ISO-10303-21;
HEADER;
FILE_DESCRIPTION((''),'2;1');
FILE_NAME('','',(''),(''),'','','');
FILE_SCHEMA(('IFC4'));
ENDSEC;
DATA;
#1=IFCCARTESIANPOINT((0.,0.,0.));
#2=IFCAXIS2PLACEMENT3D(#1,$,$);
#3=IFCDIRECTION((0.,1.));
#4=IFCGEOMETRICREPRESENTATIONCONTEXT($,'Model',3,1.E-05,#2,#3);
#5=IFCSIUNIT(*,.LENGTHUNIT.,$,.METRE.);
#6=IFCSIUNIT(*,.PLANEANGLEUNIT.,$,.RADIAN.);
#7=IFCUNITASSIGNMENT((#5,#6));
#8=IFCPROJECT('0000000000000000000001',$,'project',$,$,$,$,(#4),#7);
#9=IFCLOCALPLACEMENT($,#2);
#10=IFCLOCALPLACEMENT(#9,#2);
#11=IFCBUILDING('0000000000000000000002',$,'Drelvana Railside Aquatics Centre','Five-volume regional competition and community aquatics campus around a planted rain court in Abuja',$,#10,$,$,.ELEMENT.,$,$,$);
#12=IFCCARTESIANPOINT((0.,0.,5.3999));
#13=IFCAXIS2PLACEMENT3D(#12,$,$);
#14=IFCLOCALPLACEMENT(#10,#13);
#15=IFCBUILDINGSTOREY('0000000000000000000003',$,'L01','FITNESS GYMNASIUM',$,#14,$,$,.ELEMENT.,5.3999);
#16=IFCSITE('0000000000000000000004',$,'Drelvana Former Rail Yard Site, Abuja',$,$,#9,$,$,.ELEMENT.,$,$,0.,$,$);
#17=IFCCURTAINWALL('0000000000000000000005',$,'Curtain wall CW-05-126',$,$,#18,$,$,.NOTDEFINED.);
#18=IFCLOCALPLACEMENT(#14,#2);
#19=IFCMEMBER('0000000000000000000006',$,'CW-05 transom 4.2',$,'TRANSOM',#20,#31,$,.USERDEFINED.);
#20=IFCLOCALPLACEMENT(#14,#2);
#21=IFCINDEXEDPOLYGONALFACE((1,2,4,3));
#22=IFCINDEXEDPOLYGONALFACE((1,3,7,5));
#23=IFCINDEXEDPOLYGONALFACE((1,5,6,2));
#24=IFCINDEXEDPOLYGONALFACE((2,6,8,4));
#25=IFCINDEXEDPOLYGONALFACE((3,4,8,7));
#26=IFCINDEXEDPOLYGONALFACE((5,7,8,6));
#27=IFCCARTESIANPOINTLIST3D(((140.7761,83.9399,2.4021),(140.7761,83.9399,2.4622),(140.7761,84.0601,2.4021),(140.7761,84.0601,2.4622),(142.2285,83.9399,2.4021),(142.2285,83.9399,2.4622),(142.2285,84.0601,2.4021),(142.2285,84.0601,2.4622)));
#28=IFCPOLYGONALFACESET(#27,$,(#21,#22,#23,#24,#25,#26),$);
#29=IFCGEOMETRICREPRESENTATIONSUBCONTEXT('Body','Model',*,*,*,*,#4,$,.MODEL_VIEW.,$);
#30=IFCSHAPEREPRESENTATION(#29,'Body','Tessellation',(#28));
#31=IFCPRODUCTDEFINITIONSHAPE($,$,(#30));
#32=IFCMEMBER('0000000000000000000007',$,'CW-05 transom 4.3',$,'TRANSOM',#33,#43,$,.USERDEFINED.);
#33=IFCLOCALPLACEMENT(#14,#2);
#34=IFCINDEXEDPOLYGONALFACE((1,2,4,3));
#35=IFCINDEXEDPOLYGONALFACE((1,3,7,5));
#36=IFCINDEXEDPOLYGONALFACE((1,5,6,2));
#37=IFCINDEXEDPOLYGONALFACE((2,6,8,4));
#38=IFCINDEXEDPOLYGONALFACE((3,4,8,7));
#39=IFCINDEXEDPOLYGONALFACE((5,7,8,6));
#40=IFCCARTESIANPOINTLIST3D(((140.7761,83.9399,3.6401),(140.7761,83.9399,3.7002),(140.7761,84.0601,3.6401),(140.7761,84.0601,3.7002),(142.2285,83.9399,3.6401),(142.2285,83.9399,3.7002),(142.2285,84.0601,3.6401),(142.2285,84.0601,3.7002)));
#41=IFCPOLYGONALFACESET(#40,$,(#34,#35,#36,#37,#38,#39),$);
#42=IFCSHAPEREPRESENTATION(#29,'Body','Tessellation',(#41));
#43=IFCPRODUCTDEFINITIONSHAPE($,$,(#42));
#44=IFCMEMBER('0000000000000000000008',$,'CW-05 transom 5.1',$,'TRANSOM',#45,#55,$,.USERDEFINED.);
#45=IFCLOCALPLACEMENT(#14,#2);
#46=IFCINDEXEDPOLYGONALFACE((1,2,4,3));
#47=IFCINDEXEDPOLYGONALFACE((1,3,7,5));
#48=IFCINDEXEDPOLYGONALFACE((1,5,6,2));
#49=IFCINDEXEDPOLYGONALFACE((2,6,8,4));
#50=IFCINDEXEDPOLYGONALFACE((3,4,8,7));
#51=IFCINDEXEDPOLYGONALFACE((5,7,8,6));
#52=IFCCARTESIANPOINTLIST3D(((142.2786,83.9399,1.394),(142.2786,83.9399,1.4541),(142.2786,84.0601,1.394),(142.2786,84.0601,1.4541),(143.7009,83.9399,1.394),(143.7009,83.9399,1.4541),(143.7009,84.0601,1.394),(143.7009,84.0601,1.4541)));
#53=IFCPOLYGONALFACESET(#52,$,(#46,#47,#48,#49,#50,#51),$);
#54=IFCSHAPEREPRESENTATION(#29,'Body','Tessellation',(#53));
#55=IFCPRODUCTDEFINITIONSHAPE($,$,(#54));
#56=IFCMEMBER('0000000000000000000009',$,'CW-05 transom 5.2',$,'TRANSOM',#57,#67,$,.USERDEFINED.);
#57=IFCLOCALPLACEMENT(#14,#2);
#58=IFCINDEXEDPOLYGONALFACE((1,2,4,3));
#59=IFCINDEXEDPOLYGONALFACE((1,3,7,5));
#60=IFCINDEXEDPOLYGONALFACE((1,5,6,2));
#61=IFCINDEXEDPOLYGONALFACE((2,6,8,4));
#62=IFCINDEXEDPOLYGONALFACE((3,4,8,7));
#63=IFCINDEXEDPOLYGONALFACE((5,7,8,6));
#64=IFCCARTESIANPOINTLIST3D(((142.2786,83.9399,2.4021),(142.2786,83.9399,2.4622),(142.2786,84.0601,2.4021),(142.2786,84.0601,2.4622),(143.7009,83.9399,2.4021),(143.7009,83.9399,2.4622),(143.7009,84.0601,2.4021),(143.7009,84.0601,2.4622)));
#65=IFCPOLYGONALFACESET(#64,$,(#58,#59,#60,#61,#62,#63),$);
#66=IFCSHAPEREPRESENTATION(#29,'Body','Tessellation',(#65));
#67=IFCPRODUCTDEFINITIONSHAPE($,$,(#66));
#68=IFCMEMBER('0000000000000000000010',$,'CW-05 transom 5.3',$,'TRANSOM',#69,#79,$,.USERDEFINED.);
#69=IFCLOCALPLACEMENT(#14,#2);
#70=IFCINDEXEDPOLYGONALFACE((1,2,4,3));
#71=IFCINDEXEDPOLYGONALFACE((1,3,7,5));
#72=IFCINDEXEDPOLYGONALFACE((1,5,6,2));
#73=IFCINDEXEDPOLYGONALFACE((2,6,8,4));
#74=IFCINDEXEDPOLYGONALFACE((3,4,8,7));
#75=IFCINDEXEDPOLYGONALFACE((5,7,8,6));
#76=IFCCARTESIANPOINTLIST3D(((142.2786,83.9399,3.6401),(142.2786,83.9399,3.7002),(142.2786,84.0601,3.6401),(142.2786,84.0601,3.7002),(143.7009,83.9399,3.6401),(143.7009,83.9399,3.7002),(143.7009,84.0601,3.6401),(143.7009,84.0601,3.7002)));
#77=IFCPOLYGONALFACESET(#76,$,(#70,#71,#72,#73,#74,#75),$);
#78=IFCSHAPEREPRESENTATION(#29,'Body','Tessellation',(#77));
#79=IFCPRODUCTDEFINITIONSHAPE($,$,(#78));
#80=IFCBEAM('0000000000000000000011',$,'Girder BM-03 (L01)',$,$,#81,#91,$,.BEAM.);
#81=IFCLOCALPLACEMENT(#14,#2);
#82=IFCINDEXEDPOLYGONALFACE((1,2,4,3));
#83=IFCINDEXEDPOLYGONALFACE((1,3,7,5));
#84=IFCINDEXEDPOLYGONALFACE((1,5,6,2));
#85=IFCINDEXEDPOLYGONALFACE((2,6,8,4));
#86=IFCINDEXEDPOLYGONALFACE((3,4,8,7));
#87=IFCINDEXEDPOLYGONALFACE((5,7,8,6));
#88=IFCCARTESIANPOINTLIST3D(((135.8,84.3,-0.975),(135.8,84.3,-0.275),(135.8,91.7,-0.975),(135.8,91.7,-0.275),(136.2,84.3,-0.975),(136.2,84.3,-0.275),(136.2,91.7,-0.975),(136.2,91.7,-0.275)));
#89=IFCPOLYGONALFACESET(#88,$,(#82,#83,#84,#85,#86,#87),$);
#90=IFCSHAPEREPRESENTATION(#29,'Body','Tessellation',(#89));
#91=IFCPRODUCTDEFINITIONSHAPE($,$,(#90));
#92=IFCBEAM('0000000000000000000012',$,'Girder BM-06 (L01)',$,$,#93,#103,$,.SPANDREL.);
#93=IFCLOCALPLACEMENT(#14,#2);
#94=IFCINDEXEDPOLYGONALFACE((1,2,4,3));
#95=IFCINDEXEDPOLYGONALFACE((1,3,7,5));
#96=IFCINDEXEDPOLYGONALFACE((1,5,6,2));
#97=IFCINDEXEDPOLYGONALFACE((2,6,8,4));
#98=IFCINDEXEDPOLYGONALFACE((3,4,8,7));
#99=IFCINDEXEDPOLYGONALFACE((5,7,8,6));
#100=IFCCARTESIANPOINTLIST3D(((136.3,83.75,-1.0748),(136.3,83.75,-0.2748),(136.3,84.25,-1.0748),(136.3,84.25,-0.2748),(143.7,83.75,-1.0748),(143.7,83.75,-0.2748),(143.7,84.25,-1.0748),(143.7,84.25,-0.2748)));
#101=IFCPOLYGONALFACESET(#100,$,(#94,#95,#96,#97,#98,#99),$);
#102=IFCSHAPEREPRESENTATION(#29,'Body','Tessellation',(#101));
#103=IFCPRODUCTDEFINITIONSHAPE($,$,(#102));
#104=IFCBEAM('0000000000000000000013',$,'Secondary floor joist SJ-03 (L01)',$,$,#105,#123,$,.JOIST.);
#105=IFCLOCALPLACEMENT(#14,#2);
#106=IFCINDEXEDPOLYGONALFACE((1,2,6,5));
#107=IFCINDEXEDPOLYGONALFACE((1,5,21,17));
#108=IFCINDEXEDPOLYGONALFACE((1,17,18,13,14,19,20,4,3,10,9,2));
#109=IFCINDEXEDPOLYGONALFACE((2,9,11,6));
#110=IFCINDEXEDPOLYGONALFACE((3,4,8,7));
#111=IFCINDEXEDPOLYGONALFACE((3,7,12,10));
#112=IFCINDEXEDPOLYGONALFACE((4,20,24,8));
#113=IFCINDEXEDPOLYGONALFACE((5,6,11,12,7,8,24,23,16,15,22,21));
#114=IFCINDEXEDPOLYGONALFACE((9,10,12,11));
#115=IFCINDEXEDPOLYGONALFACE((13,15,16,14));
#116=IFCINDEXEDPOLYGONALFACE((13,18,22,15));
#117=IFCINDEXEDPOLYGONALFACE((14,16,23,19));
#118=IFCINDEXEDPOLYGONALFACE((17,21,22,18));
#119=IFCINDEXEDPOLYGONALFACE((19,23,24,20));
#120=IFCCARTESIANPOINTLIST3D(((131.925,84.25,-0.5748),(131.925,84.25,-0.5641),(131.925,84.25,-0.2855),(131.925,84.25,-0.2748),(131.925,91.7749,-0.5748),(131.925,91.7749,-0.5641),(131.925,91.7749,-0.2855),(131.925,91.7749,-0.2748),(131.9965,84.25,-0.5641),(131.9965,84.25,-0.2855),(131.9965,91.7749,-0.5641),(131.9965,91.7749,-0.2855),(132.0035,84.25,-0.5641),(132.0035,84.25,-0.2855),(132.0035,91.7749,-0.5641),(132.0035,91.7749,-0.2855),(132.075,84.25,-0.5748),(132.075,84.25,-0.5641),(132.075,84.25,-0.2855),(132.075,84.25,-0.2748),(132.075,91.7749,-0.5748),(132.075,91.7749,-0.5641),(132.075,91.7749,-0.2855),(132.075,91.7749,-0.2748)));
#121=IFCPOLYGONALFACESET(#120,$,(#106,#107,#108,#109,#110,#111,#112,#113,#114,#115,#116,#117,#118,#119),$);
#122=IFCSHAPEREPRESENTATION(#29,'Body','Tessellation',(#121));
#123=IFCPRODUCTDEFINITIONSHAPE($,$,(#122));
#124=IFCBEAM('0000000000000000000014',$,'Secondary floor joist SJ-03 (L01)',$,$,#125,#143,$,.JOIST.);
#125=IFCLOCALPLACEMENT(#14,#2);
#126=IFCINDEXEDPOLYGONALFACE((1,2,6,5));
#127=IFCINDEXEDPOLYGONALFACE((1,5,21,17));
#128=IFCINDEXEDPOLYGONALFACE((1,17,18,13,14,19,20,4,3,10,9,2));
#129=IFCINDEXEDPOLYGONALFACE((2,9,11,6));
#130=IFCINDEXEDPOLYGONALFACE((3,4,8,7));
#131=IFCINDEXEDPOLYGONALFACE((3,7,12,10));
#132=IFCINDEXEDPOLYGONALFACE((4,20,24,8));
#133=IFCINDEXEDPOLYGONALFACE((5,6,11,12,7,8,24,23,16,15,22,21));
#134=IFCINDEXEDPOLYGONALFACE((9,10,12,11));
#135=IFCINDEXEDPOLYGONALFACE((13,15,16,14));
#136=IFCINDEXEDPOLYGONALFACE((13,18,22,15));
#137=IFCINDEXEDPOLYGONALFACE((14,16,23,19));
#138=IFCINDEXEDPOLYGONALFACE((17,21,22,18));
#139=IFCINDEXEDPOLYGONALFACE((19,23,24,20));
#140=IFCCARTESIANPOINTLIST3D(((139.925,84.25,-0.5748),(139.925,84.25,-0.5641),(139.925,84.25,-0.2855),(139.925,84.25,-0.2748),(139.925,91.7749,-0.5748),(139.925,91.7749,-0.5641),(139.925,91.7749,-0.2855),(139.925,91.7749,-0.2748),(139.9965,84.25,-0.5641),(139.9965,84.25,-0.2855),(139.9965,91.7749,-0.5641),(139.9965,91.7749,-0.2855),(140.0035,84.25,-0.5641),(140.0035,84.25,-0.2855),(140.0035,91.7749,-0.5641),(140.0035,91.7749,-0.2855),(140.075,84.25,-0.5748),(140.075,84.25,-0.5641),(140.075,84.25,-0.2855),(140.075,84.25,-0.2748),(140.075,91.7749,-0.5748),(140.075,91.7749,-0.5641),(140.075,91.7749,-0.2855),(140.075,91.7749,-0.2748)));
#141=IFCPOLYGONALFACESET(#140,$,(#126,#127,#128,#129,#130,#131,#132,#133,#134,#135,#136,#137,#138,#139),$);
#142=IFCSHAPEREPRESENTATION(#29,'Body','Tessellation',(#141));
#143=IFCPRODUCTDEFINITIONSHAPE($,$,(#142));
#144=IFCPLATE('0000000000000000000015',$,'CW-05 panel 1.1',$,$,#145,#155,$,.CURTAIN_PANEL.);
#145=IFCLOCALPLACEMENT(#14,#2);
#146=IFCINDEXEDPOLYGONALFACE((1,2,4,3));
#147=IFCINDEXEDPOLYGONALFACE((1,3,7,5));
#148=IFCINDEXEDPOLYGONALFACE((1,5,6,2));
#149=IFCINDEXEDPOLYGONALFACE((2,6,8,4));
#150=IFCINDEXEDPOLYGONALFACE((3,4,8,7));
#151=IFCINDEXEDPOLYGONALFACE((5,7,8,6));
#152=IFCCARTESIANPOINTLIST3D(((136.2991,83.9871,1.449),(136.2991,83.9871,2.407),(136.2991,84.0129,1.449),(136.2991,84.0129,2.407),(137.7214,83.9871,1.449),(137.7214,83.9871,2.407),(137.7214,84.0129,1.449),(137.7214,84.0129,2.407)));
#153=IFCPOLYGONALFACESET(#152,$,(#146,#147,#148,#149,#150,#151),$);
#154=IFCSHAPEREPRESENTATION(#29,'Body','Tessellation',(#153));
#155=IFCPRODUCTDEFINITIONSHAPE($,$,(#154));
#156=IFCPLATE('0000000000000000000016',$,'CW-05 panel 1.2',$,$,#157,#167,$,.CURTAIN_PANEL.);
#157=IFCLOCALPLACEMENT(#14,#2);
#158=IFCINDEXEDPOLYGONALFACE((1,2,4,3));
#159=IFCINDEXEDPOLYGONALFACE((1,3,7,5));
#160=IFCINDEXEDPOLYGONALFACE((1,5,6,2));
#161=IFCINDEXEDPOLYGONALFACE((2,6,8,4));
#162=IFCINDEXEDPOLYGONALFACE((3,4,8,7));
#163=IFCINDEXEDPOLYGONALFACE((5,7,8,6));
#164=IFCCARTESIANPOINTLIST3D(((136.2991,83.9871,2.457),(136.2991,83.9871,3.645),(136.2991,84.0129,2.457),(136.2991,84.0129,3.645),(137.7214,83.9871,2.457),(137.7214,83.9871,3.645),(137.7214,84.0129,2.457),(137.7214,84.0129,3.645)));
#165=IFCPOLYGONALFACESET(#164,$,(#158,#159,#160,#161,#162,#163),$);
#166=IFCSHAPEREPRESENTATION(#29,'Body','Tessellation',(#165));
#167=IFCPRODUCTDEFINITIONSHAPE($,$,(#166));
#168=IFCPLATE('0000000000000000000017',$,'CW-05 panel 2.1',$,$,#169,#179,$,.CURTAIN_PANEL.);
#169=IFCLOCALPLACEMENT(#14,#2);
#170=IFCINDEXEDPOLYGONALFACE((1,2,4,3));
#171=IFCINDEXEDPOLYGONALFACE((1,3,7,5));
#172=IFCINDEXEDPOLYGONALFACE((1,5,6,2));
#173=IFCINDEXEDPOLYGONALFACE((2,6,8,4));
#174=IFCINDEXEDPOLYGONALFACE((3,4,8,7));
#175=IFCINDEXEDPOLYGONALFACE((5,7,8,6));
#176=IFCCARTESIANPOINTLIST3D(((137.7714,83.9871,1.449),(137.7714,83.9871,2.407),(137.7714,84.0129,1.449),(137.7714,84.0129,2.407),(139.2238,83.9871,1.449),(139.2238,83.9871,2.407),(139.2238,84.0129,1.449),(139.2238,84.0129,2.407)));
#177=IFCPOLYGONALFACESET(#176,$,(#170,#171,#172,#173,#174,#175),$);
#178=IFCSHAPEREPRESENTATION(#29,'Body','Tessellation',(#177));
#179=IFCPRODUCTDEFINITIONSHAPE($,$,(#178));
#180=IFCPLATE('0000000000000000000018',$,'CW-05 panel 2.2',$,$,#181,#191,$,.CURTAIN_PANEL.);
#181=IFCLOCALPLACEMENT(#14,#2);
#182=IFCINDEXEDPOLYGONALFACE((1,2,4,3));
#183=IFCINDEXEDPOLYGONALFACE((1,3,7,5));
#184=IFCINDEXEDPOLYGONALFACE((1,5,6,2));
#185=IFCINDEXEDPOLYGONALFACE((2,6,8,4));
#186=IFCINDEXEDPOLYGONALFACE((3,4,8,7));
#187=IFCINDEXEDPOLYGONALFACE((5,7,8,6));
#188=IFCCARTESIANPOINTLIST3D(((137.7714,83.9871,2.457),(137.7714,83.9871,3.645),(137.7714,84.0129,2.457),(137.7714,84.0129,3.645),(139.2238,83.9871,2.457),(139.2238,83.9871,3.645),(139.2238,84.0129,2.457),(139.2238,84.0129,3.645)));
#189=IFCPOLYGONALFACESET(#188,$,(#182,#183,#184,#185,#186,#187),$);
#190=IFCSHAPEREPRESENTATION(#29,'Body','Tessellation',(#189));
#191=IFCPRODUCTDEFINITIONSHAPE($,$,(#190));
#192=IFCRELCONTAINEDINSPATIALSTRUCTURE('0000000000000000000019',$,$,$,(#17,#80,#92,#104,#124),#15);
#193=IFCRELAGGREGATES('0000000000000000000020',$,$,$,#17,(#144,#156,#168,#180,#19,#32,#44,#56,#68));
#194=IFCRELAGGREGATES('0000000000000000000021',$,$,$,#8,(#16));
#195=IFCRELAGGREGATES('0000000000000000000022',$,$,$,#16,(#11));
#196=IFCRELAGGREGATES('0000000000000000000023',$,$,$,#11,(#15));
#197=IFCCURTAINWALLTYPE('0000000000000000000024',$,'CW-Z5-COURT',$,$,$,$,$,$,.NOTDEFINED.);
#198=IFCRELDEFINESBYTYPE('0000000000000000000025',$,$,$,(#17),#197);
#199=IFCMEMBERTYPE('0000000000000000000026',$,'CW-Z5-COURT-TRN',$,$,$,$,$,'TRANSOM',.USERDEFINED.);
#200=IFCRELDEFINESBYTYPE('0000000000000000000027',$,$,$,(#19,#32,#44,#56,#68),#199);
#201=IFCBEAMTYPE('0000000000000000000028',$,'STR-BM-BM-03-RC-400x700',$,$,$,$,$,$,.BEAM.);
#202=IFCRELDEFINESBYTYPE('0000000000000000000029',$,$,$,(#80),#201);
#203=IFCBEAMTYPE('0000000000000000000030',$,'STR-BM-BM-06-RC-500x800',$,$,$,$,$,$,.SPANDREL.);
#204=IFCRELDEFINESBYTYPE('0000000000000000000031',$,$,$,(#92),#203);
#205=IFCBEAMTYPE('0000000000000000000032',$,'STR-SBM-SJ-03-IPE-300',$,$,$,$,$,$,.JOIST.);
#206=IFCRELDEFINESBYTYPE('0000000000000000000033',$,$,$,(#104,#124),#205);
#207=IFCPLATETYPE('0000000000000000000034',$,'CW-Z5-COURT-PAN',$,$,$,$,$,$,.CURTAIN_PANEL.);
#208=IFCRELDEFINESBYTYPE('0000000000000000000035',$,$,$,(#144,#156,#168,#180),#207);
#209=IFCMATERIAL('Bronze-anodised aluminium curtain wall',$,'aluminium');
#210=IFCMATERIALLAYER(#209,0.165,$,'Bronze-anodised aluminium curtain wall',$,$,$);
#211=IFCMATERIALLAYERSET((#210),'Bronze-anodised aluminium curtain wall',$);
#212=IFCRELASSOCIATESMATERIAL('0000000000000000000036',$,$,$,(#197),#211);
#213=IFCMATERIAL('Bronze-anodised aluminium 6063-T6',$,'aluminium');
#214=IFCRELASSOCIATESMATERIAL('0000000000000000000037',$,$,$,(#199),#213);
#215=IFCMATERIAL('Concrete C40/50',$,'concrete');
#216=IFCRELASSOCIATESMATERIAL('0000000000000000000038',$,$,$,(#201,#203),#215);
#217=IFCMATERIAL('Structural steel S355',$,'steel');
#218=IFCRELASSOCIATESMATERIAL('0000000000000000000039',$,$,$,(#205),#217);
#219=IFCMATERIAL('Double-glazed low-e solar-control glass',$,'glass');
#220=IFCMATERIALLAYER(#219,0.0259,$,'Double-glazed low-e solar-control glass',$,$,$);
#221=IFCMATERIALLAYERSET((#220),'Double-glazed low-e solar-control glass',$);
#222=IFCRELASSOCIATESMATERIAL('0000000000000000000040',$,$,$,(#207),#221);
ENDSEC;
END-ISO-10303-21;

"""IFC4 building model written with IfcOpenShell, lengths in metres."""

from ifc_helpers import new_model, si_unit, direction, frame, origin, origin_2d, place, context, subcontext, project, spatial, rectangle, i_section, extrude, material, layer, layer_set, material_profile, profile_set, type_object, element, aggregate, save


model = new_model("IFC4")

# Units and contexts
model_context = context("Model", 3, precision=1e-05, world=origin(), true_north=direction((0.0, 1.0)))
body_context = subcontext(model_context, "Body", "Model", "MODEL_VIEW")
ifc_project = project(units=[si_unit("LENGTHUNIT", "METRE"), si_unit("PLANEANGLEUNIT", "RADIAN")], contexts=[model_context])

# Site, building, storey
site_placement = place(None, origin())
site = spatial("IfcSite", under=ifc_project, at=site_placement, Name="Drelvana Former Rail Yard Site, Abuja", CompositionType="ELEMENT", RefElevation=0.0)
building_placement = place(site_placement, origin())
building = spatial("IfcBuilding", under=site, at=building_placement, Name="Drelvana Railside Aquatics Centre", Description="Five-volume regional competition and community aquatics campus around a planted rain court in Abuja", CompositionType="ELEMENT")
storey_placement = place(building_placement, frame((0.0, 0.0, 5.3999)))
storey = spatial("IfcBuildingStorey", under=building, at=storey_placement, Name="L01", Description="FITNESS GYMNASIUM", CompositionType="ELEMENT", Elevation=5.3999)

# Curtain wall, members
ifc_material_1 = material(Name="Bronze-anodised aluminium curtain wall", Category="aluminium")
ifc_layer_1 = layer(ifc_material_1, 0.165, Name="Bronze-anodised aluminium curtain wall")
ifc_layer_set_1 = layer_set([ifc_layer_1], Name="Bronze-anodised aluminium curtain wall")
curtain_wall_type = type_object("IfcCurtainWallType", Name="CW-Z5-COURT", PredefinedType="NOTDEFINED", material=ifc_layer_set_1)
curtain_wall_placement = place(storey_placement, origin())
curtain_wall = element("IfcCurtainWall", 1, at=curtain_wall_placement, inside=storey, type_object=curtain_wall_type, Name="Curtain wall CW-05-126", PredefinedType="NOTDEFINED")
ifc_material_2 = material(Name="Bronze-anodised aluminium 6063-T6", Category="aluminium")
ifc_material_profile_1 = material_profile(ifc_material_2, rectangle(XDim=0.1201, YDim=0.0601, at=origin_2d()), Name="ALU-T 60x120")
ifc_profile_set_1 = profile_set([ifc_material_profile_1], Name="Bronze-anodised aluminium 6063-T6")
member_type_1 = type_object("IfcMemberType", Name="CW-Z5-COURT-TRN", ElementType="TRANSOM", PredefinedType="USERDEFINED", material=ifc_profile_set_1)
member_1_placement = place(storey_placement, frame((140.7761, 84.0, 2.4321), z_axis=(1.0, 0.0, 0.0), x_axis=(0.0, 1.0, 0.0)))
member_1 = element("IfcMember", 2, at=member_1_placement, type_object=member_type_1, Name="CW-05 transom 4.2", ObjectType="TRANSOM", PredefinedType="USERDEFINED", context=body_context, shape_type="SweptSolid", body=[
    extrude(rectangle(XDim=0.1201, YDim=0.0601, at=origin_2d()), origin(), (0.0, 0.0, 1.0), 1.4524),
])
member_2_placement = place(storey_placement, frame((140.7761, 84.0, 3.6702), z_axis=(1.0, 0.0, 0.0), x_axis=(0.0, 1.0, 0.0)))
member_2 = element("IfcMember", 3, at=member_2_placement, type_object=member_type_1, Name="CW-05 transom 4.3", ObjectType="TRANSOM", PredefinedType="USERDEFINED", context=body_context, shape_type="SweptSolid", body=[
    extrude(rectangle(XDim=0.1201, YDim=0.0601, at=origin_2d()), origin(), (0.0, 0.0, 1.0), 1.4524),
])
member_3_placement = place(storey_placement, frame((142.2786, 84.0, 1.4241), z_axis=(1.0, 0.0, 0.0), x_axis=(0.0, 1.0, 0.0)))
member_3 = element("IfcMember", 4, at=member_3_placement, type_object=member_type_1, Name="CW-05 transom 5.1", ObjectType="TRANSOM", PredefinedType="USERDEFINED", context=body_context, shape_type="SweptSolid", body=[
    extrude(rectangle(XDim=0.1201, YDim=0.0601, at=origin_2d()), origin(), (0.0, 0.0, 1.0), 1.4224),
])
member_4_placement = place(storey_placement, frame((142.2786, 84.0, 2.4321), z_axis=(1.0, 0.0, 0.0), x_axis=(0.0, 1.0, 0.0)))
member_4 = element("IfcMember", 5, at=member_4_placement, type_object=member_type_1, Name="CW-05 transom 5.2", ObjectType="TRANSOM", PredefinedType="USERDEFINED", context=body_context, shape_type="SweptSolid", body=[
    extrude(rectangle(XDim=0.1201, YDim=0.0601, at=origin_2d()), origin(), (0.0, 0.0, 1.0), 1.4224),
])
member_5_placement = place(storey_placement, frame((142.2786, 84.0, 3.6702), z_axis=(1.0, 0.0, 0.0), x_axis=(0.0, 1.0, 0.0)))
member_5 = element("IfcMember", 6, at=member_5_placement, type_object=member_type_1, Name="CW-05 transom 5.3", ObjectType="TRANSOM", PredefinedType="USERDEFINED", context=body_context, shape_type="SweptSolid", body=[
    extrude(rectangle(XDim=0.1201, YDim=0.0601, at=origin_2d()), origin(), (0.0, 0.0, 1.0), 1.4224),
])

# Beams
ifc_material_3 = material(Name="Concrete C40/50", Category="concrete")
ifc_material_profile_2 = material_profile(ifc_material_3, rectangle(XDim=0.3999, YDim=0.7, at=origin_2d()), Name="RC 400x700")
ifc_profile_set_2 = profile_set([ifc_material_profile_2], Name="Concrete C40/50")
beam_type_1 = type_object("IfcBeamType", Name="STR-BM-BM-03-RC-400x700", PredefinedType="BEAM", material=ifc_profile_set_2)
beam_1_placement = place(storey_placement, frame((136.0, 84.3, -0.625), z_axis=(0.0, 1.0, 0.0), x_axis=(-1.0, 0.0, 0.0)))
element("IfcBeam", 7, at=beam_1_placement, inside=storey, type_object=beam_type_1, Name="Girder BM-03 (L01)", PredefinedType="BEAM", context=body_context, shape_type="SweptSolid", body=[
    extrude(rectangle(XDim=0.3999, YDim=0.7, at=origin_2d()), origin(), (0.0, 0.0, 1.0), 7.3999),
])
ifc_material_profile_3 = material_profile(ifc_material_3, rectangle(XDim=0.5, YDim=0.8, at=origin_2d()), Name="RC 500x800")
ifc_profile_set_3 = profile_set([ifc_material_profile_3], Name="Concrete C40/50")
beam_type_2 = type_object("IfcBeamType", Name="STR-BM-BM-06-RC-500x800", PredefinedType="SPANDREL", material=ifc_profile_set_3)
beam_2_placement = place(storey_placement, frame((136.3, 84.0, -0.6748), z_axis=(1.0, 0.0, 0.0), x_axis=(0.0, 1.0, 0.0)))
element("IfcBeam", 8, at=beam_2_placement, inside=storey, type_object=beam_type_2, Name="Girder BM-06 (L01)", PredefinedType="SPANDREL", context=body_context, shape_type="SweptSolid", body=[
    extrude(rectangle(XDim=0.5, YDim=0.8, at=origin_2d()), origin(), (0.0, 0.0, 1.0), 7.3999),
])
ifc_material_4 = material(Name="Structural steel S355", Category="steel")
ifc_material_profile_4 = material_profile(ifc_material_4, i_section(OverallWidth=0.1499, OverallDepth=0.3, WebThickness=0.0071, FlangeThickness=0.0107, at=origin_2d()), Name="IPE 300")
ifc_profile_set_4 = profile_set([ifc_material_profile_4], Name="Structural steel S355")
beam_type_3 = type_object("IfcBeamType", Name="STR-SBM-SJ-03-IPE-300", PredefinedType="JOIST", material=ifc_profile_set_4)
for number, where, z_axis, x_axis, name in (
    (9, (132.0, 84.25, -0.4248), (0.0, 1.0, 0.0), (-1.0, 0.0, 0.0), "Secondary floor joist SJ-03 (L01)"),
    (10, (140.0, 84.25, -0.4248), (0.0, 1.0, 0.0), (-1.0, 0.0, 0.0), "Secondary floor joist SJ-03 (L01)"),
):
    element("IfcBeam", number, at=place(storey_placement, frame(where, z_axis=z_axis, x_axis=x_axis)), inside=storey, type_object=beam_type_3, Name=name, PredefinedType="JOIST", context=body_context, shape_type="SweptSolid", body=[
        extrude(i_section(OverallWidth=0.1499, OverallDepth=0.3, WebThickness=0.0071, FlangeThickness=0.0107, at=origin_2d()), origin(), (0.0, 0.0, 1.0), 7.5249),
    ])

# Plates
ifc_material_5 = material(Name="Double-glazed low-e solar-control glass", Category="glass")
ifc_layer_2 = layer(ifc_material_5, 0.0259, Name="Double-glazed low-e solar-control glass")
ifc_layer_set_2 = layer_set([ifc_layer_2], Name="Double-glazed low-e solar-control glass")
plate_type = type_object("IfcPlateType", Name="CW-Z5-COURT-PAN", PredefinedType="CURTAIN_PANEL", material=ifc_layer_set_2)
plate_1_placement = place(storey_placement, frame((137.0103, 84.0, 1.449), z_axis=(0.0, 0.0, 1.0), x_axis=(1.0, 0.0, 0.0)))
plate_1 = element("IfcPlate", 11, at=plate_1_placement, type_object=plate_type, Name="CW-05 panel 1.1", PredefinedType="CURTAIN_PANEL", context=body_context, shape_type="SweptSolid", body=[
    extrude(rectangle(XDim=1.4224, YDim=0.0259, at=origin_2d()), origin(), (0.0, 0.0, 1.0), 0.958),
])
plate_2_placement = place(storey_placement, frame((137.0103, 84.0, 2.457), z_axis=(0.0, 0.0, 1.0), x_axis=(1.0, 0.0, 0.0)))
plate_2 = element("IfcPlate", 12, at=plate_2_placement, type_object=plate_type, Name="CW-05 panel 1.2", PredefinedType="CURTAIN_PANEL", context=body_context, shape_type="SweptSolid", body=[
    extrude(rectangle(XDim=1.4224, YDim=0.0259, at=origin_2d()), origin(), (0.0, 0.0, 1.0), 1.188),
])
plate_3_placement = place(storey_placement, frame((138.4976, 84.0, 1.449), z_axis=(0.0, 0.0, 1.0), x_axis=(1.0, 0.0, 0.0)))
plate_3 = element("IfcPlate", 13, at=plate_3_placement, type_object=plate_type, Name="CW-05 panel 2.1", PredefinedType="CURTAIN_PANEL", context=body_context, shape_type="SweptSolid", body=[
    extrude(rectangle(XDim=1.4524, YDim=0.0259, at=origin_2d()), origin(), (0.0, 0.0, 1.0), 0.958),
])
plate_4_placement = place(storey_placement, frame((138.4976, 84.0, 2.457), z_axis=(0.0, 0.0, 1.0), x_axis=(1.0, 0.0, 0.0)))
plate_4 = element("IfcPlate", 14, at=plate_4_placement, type_object=plate_type, Name="CW-05 panel 2.2", PredefinedType="CURTAIN_PANEL", context=body_context, shape_type="SweptSolid", body=[
    extrude(rectangle(XDim=1.4524, YDim=0.0259, at=origin_2d()), origin(), (0.0, 0.0, 1.0), 1.188),
])
aggregate(curtain_wall, [plate_1, plate_2, plate_3, plate_4, member_1, member_2, member_3, member_4, member_5])

save(model, "model.ifc")
